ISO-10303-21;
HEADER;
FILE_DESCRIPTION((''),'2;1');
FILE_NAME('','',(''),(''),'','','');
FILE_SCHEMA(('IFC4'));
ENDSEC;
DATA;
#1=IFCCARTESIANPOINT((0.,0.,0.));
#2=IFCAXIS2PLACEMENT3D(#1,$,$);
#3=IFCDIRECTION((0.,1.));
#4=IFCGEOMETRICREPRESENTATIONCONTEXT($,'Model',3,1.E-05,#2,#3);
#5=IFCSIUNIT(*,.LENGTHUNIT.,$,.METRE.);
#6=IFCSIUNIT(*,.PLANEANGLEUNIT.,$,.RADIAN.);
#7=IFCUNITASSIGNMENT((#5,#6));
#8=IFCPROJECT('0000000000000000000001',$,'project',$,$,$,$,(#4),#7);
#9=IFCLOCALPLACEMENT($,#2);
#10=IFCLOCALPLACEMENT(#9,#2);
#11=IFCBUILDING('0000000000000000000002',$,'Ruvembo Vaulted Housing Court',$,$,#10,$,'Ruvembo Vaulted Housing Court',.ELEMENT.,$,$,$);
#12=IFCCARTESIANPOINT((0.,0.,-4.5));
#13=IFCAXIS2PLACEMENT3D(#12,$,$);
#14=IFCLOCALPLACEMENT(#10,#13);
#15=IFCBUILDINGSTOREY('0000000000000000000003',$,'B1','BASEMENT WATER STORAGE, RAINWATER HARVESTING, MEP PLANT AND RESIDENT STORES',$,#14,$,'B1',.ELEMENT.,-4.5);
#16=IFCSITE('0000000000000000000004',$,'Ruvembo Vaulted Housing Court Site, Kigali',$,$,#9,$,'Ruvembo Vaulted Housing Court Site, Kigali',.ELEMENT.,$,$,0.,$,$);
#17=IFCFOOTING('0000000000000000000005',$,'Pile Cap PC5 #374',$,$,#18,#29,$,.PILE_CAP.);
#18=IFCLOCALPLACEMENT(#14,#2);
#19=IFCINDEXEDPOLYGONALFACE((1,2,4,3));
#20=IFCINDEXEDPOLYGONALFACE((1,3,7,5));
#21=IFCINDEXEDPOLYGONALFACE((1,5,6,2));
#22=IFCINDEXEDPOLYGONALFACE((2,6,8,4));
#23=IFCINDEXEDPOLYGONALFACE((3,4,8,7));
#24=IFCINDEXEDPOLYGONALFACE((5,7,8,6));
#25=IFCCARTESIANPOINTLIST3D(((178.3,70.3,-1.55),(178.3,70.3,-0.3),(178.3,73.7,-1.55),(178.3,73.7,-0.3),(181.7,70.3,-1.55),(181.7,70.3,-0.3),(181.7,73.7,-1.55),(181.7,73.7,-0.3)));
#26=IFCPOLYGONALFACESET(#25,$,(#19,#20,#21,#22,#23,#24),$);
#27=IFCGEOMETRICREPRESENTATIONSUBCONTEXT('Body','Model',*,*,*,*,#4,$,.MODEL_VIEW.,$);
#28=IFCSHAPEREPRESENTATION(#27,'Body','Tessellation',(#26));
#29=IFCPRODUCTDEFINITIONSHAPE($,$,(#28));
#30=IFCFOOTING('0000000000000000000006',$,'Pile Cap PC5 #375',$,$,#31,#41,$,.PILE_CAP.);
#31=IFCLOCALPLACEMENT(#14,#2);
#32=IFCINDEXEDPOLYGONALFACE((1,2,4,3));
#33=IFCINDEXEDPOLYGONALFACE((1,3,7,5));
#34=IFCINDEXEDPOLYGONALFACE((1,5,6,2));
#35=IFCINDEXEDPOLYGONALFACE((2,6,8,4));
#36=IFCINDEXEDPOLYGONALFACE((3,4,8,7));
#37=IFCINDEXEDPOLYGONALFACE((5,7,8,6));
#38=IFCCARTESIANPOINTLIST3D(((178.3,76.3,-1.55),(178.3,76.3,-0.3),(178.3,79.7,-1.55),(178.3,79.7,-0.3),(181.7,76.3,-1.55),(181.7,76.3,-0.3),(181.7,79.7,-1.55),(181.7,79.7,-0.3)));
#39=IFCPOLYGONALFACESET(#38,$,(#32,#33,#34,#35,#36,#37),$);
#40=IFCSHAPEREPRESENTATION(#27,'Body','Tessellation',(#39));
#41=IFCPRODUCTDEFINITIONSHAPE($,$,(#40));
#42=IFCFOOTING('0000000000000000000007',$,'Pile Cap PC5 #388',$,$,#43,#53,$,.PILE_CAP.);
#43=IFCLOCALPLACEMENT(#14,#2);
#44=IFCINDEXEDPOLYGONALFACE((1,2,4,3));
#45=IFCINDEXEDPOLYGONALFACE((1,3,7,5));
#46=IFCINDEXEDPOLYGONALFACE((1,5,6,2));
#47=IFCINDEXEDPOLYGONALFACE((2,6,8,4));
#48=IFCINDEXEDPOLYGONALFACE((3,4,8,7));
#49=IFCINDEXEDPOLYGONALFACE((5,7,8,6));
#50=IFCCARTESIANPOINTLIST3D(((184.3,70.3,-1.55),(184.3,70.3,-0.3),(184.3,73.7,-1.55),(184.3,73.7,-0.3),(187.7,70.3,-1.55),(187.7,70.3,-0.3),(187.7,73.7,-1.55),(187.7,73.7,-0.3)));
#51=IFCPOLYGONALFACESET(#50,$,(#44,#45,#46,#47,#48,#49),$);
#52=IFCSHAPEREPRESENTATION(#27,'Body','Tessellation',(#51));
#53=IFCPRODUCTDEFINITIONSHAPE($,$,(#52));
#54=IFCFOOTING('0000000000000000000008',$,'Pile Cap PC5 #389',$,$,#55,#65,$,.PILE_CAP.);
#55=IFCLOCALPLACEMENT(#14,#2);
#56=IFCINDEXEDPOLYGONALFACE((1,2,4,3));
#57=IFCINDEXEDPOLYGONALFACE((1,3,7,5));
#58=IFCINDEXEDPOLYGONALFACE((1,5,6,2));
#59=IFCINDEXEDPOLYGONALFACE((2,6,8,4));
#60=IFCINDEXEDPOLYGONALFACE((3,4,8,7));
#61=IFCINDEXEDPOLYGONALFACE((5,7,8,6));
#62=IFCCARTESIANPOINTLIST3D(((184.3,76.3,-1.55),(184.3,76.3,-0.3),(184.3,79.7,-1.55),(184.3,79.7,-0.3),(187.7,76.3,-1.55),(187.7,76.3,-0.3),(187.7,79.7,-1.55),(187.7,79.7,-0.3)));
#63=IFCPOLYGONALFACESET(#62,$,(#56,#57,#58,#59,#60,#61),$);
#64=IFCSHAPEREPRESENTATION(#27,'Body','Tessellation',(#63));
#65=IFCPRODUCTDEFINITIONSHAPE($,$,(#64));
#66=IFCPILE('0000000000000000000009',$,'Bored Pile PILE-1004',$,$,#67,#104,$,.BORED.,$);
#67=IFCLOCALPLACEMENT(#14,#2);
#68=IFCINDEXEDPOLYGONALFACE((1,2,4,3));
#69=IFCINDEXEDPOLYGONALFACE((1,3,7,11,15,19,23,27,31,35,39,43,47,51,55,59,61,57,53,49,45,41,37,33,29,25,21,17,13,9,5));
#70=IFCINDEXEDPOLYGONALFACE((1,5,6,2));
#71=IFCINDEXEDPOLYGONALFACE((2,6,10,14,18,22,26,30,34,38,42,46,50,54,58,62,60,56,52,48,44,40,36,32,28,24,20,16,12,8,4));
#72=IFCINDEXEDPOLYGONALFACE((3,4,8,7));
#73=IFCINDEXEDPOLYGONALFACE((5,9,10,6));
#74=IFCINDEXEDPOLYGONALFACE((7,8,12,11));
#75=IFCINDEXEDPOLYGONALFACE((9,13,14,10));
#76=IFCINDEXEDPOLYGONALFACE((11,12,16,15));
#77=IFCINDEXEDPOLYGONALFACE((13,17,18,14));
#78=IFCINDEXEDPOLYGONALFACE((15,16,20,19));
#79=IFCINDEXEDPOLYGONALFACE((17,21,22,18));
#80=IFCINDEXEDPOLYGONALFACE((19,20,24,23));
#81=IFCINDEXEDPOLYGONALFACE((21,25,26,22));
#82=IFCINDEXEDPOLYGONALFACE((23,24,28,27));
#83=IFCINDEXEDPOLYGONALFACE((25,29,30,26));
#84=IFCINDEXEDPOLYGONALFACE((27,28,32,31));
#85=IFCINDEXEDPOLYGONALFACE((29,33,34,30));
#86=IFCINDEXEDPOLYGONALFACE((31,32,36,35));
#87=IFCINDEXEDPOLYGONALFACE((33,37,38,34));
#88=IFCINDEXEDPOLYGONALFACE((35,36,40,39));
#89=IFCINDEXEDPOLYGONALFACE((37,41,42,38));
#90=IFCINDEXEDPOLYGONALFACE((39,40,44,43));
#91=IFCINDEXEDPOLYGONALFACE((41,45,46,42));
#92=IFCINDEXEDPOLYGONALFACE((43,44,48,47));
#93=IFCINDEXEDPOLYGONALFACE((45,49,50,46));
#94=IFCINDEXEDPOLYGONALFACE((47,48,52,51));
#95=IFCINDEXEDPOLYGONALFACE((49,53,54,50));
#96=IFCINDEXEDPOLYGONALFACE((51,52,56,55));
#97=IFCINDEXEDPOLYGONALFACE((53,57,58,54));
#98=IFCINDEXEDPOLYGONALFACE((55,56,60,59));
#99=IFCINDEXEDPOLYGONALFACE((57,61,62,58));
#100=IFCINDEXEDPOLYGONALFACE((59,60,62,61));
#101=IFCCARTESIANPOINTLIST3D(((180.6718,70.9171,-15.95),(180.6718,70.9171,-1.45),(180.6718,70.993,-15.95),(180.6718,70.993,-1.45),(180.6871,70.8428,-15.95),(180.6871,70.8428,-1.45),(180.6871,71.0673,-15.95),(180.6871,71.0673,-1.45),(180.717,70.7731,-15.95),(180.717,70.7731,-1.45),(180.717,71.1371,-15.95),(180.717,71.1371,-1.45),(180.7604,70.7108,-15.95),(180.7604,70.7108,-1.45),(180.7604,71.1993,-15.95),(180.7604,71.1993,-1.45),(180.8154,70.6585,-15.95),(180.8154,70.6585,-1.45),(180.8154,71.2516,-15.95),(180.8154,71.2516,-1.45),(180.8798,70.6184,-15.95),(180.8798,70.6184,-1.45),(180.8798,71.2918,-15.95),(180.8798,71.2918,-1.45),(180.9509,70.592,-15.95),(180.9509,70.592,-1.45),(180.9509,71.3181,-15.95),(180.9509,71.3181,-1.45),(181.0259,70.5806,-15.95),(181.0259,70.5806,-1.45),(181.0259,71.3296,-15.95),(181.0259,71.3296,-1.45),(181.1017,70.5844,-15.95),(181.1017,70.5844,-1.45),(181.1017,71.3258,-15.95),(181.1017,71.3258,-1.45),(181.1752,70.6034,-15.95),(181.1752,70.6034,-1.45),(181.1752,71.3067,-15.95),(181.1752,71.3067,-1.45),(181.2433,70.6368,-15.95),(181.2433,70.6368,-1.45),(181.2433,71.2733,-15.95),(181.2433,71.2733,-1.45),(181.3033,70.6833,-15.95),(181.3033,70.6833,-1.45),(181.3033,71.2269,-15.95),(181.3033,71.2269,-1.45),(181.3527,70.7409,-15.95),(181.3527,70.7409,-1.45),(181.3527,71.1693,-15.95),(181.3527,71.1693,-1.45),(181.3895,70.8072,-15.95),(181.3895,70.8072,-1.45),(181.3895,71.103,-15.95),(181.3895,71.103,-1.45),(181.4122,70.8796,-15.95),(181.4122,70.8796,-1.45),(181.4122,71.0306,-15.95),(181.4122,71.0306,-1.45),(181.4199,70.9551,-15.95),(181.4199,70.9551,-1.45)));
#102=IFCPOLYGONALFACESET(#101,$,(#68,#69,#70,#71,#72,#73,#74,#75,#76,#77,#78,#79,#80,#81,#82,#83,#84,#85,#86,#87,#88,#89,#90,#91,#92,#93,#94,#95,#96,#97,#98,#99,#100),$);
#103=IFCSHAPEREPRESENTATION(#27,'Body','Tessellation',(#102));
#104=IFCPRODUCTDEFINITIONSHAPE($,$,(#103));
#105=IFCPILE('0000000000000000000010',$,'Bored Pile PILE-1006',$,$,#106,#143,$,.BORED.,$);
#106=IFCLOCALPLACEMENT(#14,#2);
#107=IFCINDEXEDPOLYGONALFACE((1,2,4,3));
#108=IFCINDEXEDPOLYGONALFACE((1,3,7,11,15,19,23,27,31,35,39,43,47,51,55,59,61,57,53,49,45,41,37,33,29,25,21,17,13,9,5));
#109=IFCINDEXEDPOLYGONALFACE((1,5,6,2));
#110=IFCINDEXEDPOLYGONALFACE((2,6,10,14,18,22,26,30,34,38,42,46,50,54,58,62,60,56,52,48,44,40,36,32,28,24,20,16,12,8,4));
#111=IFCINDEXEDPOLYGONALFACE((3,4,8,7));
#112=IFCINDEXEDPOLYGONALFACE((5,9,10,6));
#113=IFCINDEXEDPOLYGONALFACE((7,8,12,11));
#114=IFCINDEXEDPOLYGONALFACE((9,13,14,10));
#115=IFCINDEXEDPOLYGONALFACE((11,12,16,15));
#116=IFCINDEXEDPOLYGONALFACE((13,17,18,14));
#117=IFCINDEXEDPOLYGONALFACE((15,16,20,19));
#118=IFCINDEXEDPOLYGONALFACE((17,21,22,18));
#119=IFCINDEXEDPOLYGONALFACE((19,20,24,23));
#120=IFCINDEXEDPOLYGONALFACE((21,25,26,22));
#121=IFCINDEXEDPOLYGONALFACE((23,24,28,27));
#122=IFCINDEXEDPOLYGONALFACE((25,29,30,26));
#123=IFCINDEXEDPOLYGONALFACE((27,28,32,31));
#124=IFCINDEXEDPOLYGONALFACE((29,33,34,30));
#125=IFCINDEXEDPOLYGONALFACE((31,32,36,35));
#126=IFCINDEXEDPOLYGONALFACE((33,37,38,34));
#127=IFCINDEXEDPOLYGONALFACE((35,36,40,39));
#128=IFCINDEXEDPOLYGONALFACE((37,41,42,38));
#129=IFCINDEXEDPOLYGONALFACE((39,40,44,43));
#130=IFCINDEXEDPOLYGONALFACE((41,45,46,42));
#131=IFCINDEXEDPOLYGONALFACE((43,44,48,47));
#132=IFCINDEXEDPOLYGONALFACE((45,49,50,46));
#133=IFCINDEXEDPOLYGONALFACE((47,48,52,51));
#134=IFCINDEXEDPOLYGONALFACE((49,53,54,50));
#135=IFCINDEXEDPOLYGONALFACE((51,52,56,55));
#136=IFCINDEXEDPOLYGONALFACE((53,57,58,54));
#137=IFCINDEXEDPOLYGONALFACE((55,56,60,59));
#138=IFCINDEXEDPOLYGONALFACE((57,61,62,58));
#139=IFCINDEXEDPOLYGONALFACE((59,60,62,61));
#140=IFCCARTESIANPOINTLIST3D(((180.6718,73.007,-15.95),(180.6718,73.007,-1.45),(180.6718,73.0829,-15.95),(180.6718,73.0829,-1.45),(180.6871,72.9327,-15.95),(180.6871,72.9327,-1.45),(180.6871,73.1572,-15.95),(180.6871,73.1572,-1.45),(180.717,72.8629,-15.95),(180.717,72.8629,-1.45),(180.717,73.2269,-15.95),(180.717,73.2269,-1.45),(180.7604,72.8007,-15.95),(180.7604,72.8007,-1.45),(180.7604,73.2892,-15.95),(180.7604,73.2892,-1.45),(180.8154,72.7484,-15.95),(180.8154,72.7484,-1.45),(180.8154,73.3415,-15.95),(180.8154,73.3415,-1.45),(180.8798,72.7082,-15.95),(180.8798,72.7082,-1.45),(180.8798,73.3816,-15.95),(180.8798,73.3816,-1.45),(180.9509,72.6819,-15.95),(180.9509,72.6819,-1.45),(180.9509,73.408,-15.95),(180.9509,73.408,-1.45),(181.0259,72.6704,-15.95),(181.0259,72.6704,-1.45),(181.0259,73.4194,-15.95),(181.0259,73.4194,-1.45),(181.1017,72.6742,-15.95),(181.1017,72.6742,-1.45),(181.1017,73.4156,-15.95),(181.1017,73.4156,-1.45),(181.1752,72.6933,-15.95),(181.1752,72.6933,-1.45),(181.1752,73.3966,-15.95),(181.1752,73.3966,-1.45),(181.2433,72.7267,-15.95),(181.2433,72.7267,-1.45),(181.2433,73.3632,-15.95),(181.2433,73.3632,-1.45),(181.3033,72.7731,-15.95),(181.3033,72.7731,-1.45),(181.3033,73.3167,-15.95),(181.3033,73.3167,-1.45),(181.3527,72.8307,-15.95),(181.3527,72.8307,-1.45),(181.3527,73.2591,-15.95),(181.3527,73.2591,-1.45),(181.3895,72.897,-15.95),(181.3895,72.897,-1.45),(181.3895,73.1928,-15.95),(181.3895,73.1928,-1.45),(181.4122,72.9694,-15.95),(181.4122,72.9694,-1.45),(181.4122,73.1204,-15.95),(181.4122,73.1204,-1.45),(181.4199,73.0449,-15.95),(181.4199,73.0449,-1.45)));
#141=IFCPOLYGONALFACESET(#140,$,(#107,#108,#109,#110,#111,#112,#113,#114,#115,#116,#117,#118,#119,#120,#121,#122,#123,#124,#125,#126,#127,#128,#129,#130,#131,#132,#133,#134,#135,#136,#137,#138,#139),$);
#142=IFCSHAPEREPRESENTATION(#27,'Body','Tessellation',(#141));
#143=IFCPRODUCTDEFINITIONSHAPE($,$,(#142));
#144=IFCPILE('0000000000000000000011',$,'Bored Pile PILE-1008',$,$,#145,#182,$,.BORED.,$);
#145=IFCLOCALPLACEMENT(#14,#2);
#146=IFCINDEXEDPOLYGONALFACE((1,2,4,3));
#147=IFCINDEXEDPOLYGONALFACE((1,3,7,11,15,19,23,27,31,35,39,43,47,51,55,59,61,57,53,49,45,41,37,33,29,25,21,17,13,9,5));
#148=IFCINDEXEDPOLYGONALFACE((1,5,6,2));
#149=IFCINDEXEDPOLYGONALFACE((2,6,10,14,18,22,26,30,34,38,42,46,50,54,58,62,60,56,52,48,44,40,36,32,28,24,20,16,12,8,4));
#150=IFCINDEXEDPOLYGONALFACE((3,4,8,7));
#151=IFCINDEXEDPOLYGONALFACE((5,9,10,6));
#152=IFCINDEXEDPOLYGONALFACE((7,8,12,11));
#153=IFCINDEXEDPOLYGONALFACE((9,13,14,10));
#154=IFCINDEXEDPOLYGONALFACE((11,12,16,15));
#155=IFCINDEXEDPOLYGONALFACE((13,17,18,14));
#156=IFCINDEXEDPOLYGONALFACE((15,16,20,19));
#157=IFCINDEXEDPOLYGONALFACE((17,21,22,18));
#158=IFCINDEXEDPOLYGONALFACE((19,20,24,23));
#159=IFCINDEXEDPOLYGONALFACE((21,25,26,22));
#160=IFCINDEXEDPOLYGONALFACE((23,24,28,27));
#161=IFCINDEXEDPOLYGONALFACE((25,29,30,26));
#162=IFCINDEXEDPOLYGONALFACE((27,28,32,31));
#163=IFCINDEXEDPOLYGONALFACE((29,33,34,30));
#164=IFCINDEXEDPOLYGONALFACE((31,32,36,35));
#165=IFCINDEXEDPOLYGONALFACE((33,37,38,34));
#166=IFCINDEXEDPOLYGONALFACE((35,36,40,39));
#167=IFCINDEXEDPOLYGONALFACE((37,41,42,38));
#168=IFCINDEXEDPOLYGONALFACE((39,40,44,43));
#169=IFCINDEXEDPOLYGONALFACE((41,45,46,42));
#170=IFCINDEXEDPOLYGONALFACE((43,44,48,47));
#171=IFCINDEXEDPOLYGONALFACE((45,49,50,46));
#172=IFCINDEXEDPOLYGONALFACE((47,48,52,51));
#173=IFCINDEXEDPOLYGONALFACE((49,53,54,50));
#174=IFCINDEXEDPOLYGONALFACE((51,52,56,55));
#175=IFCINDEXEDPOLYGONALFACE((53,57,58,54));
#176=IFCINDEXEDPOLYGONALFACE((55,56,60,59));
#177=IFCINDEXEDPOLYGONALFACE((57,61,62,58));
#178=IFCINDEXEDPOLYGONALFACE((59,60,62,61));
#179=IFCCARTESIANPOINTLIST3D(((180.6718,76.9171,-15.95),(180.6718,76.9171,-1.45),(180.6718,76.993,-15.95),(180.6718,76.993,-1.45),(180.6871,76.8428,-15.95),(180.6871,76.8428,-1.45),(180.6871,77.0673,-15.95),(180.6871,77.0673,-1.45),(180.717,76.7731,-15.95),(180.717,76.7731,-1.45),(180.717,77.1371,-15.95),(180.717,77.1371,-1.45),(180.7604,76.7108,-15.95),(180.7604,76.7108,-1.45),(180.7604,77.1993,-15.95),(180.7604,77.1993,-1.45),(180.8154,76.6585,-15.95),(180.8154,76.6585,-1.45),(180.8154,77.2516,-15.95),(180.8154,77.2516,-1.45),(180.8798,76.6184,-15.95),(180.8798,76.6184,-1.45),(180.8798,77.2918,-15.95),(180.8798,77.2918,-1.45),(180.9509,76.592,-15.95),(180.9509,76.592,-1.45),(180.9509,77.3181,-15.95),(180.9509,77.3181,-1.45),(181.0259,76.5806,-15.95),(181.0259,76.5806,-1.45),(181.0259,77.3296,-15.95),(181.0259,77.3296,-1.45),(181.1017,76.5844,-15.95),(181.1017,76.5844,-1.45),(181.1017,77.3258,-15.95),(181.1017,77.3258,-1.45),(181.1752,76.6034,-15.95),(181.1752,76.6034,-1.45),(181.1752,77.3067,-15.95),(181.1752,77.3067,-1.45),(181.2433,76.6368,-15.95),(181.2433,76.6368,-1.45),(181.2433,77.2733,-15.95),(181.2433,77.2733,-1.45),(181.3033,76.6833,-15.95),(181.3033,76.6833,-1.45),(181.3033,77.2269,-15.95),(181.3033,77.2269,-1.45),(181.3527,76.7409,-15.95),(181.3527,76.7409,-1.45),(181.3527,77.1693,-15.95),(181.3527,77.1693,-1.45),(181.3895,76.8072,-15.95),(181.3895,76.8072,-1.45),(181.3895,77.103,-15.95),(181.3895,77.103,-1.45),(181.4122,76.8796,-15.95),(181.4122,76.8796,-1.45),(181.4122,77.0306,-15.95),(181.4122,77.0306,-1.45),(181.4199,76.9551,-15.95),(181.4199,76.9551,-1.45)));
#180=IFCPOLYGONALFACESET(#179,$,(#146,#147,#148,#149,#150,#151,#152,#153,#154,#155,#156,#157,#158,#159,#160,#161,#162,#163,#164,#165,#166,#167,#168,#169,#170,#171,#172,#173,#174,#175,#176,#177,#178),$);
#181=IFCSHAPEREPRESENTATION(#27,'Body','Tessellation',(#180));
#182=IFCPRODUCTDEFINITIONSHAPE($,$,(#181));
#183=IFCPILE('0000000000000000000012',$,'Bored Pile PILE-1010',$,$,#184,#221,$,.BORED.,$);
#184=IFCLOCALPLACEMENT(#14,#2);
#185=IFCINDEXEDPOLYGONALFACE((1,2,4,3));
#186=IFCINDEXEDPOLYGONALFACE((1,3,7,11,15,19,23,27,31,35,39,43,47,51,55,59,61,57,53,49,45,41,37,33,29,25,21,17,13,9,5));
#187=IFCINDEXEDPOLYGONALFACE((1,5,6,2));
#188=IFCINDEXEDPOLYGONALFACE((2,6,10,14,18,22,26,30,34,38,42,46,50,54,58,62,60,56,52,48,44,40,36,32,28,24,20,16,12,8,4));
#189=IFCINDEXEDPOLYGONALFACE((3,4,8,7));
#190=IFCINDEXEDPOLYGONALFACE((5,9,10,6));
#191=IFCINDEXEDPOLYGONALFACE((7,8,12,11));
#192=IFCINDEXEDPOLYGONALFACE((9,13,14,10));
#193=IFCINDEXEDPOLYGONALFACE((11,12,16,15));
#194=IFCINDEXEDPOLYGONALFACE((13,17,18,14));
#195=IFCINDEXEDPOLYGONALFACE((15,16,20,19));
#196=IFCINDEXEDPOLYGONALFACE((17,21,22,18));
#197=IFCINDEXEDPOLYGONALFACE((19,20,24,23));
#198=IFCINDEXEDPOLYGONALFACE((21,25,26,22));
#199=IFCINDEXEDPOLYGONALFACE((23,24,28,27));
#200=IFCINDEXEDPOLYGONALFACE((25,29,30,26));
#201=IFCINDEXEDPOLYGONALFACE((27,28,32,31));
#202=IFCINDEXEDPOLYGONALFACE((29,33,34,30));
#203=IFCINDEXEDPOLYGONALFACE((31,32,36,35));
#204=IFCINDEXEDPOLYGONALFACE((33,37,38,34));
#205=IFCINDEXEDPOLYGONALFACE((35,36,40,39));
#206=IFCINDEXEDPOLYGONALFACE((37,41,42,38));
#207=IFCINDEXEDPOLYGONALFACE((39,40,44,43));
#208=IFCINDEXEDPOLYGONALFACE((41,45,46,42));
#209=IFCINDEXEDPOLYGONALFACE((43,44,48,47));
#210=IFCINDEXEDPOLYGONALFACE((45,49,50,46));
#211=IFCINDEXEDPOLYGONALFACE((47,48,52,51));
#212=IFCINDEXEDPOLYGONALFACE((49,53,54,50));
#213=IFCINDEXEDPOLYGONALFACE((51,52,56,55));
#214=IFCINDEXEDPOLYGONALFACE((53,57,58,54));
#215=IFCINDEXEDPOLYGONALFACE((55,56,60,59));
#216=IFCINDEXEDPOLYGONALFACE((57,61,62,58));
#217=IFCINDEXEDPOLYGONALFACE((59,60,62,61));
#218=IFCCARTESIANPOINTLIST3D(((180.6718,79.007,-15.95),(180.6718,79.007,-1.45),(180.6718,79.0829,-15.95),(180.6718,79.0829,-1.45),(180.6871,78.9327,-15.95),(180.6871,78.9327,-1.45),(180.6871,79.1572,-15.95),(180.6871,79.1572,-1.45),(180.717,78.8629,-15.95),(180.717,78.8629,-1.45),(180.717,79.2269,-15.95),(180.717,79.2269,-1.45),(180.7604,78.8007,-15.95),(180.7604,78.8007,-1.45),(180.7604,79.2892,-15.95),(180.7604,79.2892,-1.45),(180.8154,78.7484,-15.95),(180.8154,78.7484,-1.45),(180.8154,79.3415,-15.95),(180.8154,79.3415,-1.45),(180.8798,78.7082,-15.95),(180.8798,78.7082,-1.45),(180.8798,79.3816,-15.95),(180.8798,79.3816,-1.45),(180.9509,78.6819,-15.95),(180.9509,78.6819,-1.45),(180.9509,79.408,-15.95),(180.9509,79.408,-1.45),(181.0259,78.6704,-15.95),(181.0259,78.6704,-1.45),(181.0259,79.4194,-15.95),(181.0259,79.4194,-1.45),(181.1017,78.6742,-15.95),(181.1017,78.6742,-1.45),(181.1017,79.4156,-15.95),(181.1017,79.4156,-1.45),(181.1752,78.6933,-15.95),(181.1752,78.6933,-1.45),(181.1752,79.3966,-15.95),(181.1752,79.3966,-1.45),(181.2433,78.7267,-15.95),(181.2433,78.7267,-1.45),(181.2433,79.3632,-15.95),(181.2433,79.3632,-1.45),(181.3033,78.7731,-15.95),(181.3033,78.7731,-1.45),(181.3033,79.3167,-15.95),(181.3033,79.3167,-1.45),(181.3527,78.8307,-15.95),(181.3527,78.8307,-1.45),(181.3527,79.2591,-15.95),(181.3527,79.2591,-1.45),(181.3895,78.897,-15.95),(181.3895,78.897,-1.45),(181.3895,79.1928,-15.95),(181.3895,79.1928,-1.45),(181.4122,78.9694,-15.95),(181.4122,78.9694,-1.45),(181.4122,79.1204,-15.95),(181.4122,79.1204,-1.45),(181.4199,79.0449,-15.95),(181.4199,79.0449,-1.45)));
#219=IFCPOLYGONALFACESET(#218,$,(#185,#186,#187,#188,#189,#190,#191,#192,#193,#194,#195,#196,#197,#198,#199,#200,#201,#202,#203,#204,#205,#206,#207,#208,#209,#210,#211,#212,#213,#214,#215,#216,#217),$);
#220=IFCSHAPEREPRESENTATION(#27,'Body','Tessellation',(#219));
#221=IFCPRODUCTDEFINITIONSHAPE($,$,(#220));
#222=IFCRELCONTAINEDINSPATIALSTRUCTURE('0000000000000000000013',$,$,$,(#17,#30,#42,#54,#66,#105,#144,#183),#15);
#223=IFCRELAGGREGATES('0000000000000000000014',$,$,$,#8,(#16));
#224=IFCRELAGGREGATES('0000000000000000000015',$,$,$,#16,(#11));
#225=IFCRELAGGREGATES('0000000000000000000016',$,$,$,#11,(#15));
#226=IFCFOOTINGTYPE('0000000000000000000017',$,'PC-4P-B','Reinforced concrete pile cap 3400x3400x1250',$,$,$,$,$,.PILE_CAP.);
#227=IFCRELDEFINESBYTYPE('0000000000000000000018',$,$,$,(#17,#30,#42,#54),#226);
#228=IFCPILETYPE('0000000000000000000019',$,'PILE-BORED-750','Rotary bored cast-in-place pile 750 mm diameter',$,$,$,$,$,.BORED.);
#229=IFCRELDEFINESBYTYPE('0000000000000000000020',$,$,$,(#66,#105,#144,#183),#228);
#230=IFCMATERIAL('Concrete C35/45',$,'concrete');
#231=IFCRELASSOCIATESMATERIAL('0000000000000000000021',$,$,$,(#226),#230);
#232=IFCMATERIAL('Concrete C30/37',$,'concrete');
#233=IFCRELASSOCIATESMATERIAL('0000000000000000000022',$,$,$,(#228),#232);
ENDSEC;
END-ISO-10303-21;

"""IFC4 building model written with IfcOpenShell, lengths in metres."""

from ifc_helpers import new_model, si_unit, direction, frame, origin, origin_2d, place, context, subcontext, project, spatial, rectangle, circle, extrude, material, material_profile, profile_set, type_object, element, save


model = new_model("IFC4")

# Units and contexts
model_context = context("Model", 3, precision=1e-05, world=origin(), true_north=direction((0.0, 1.0)))
body_context = subcontext(model_context, "Body", "Model", "MODEL_VIEW")
ifc_project = project(units=[si_unit("LENGTHUNIT", "METRE"), si_unit("PLANEANGLEUNIT", "RADIAN")], contexts=[model_context])

# Site, building, storey
site_placement = place(None, origin())
site = spatial("IfcSite", under=ifc_project, at=site_placement, Name="Ruvembo Vaulted Housing Court Site, Kigali", LongName="Ruvembo Vaulted Housing Court Site, Kigali", CompositionType="ELEMENT", RefElevation=0.0)
building_placement = place(site_placement, origin())
building = spatial("IfcBuilding", under=site, at=building_placement, Name="Ruvembo Vaulted Housing Court", LongName="Ruvembo Vaulted Housing Court", CompositionType="ELEMENT")
storey_placement = place(building_placement, frame((0.0, 0.0, -4.5)))
storey = spatial("IfcBuildingStorey", under=building, at=storey_placement, Name="B1", Description="BASEMENT WATER STORAGE, RAINWATER HARVESTING, MEP PLANT AND RESIDENT STORES", LongName="B1", CompositionType="ELEMENT", Elevation=-4.5)

# Footings
ifc_material_1 = material(Name="Concrete C35/45", Category="concrete")
footing_type = type_object("IfcFootingType", Name="PC-4P-B", Description="Reinforced concrete pile cap 3400x3400x1250", PredefinedType="PILE_CAP", material=ifc_material_1)
for number, where, z_axis, x_axis, name in (
    (1, (180.0, 72.0, -1.55), (0.0, 0.0, 1.0), (1.0, 0.0, 0.0), "Pile Cap PC5 #374"),
    (2, (180.0, 78.0, -1.55), (0.0, 0.0, 1.0), (1.0, 0.0, 0.0), "Pile Cap PC5 #375"),
    (3, (186.0, 72.0, -1.55), (0.0, 0.0, 1.0), (1.0, 0.0, 0.0), "Pile Cap PC5 #388"),
    (4, (186.0, 78.0, -1.55), (0.0, 0.0, 1.0), (1.0, 0.0, 0.0), "Pile Cap PC5 #389"),
):
    element("IfcFooting", number, at=place(storey_placement, frame(where, z_axis=z_axis, x_axis=x_axis)), inside=storey, type_object=footing_type, Name=name, PredefinedType="PILE_CAP", context=body_context, shape_type="SweptSolid", body=[
        extrude(rectangle(XDim=3.3999, YDim=3.3999, at=origin_2d()), origin(), (0.0, 0.0, 1.0), 1.25),
    ])

# Piles
ifc_material_2 = material(Name="Concrete C30/37", Category="concrete")
ifc_material_profile_1 = material_profile(ifc_material_2, circle(Radius=0.375, at=origin_2d()), Name="PILE D750")
ifc_profile_set_1 = profile_set([ifc_material_profile_1], Name="Concrete C30/37")
pile_type = type_object("IfcPileType", Name="PILE-BORED-750", Description="Rotary bored cast-in-place pile 750 mm diameter", PredefinedType="BORED", material=ifc_profile_set_1)
for number, where, z_axis, x_axis, name in (
    (5, (181.0449, 70.9551, -1.45), (0.0, 0.0, -1.0), (1.0, 0.0, 0.0), "Bored Pile PILE-1004"),
    (6, (181.0449, 73.0449, -1.45), (0.0, 0.0, -1.0), (1.0, 0.0, 0.0), "Bored Pile PILE-1006"),
    (7, (181.0449, 76.9551, -1.45), (0.0, 0.0, -1.0), (1.0, 0.0, 0.0), "Bored Pile PILE-1008"),
    (8, (181.0449, 79.0449, -1.45), (0.0, 0.0, -1.0), (1.0, 0.0, 0.0), "Bored Pile PILE-1010"),
):
    element("IfcPile", number, at=place(storey_placement, frame(where, z_axis=z_axis, x_axis=x_axis)), inside=storey, type_object=pile_type, Name=name, PredefinedType="BORED", context=body_context, shape_type="SweptSolid", body=[
        extrude(circle(Radius=0.375, at=origin_2d()), origin(), (0.0, 0.0, 1.0), 14.5),
    ])

save(model, "model.ifc")
